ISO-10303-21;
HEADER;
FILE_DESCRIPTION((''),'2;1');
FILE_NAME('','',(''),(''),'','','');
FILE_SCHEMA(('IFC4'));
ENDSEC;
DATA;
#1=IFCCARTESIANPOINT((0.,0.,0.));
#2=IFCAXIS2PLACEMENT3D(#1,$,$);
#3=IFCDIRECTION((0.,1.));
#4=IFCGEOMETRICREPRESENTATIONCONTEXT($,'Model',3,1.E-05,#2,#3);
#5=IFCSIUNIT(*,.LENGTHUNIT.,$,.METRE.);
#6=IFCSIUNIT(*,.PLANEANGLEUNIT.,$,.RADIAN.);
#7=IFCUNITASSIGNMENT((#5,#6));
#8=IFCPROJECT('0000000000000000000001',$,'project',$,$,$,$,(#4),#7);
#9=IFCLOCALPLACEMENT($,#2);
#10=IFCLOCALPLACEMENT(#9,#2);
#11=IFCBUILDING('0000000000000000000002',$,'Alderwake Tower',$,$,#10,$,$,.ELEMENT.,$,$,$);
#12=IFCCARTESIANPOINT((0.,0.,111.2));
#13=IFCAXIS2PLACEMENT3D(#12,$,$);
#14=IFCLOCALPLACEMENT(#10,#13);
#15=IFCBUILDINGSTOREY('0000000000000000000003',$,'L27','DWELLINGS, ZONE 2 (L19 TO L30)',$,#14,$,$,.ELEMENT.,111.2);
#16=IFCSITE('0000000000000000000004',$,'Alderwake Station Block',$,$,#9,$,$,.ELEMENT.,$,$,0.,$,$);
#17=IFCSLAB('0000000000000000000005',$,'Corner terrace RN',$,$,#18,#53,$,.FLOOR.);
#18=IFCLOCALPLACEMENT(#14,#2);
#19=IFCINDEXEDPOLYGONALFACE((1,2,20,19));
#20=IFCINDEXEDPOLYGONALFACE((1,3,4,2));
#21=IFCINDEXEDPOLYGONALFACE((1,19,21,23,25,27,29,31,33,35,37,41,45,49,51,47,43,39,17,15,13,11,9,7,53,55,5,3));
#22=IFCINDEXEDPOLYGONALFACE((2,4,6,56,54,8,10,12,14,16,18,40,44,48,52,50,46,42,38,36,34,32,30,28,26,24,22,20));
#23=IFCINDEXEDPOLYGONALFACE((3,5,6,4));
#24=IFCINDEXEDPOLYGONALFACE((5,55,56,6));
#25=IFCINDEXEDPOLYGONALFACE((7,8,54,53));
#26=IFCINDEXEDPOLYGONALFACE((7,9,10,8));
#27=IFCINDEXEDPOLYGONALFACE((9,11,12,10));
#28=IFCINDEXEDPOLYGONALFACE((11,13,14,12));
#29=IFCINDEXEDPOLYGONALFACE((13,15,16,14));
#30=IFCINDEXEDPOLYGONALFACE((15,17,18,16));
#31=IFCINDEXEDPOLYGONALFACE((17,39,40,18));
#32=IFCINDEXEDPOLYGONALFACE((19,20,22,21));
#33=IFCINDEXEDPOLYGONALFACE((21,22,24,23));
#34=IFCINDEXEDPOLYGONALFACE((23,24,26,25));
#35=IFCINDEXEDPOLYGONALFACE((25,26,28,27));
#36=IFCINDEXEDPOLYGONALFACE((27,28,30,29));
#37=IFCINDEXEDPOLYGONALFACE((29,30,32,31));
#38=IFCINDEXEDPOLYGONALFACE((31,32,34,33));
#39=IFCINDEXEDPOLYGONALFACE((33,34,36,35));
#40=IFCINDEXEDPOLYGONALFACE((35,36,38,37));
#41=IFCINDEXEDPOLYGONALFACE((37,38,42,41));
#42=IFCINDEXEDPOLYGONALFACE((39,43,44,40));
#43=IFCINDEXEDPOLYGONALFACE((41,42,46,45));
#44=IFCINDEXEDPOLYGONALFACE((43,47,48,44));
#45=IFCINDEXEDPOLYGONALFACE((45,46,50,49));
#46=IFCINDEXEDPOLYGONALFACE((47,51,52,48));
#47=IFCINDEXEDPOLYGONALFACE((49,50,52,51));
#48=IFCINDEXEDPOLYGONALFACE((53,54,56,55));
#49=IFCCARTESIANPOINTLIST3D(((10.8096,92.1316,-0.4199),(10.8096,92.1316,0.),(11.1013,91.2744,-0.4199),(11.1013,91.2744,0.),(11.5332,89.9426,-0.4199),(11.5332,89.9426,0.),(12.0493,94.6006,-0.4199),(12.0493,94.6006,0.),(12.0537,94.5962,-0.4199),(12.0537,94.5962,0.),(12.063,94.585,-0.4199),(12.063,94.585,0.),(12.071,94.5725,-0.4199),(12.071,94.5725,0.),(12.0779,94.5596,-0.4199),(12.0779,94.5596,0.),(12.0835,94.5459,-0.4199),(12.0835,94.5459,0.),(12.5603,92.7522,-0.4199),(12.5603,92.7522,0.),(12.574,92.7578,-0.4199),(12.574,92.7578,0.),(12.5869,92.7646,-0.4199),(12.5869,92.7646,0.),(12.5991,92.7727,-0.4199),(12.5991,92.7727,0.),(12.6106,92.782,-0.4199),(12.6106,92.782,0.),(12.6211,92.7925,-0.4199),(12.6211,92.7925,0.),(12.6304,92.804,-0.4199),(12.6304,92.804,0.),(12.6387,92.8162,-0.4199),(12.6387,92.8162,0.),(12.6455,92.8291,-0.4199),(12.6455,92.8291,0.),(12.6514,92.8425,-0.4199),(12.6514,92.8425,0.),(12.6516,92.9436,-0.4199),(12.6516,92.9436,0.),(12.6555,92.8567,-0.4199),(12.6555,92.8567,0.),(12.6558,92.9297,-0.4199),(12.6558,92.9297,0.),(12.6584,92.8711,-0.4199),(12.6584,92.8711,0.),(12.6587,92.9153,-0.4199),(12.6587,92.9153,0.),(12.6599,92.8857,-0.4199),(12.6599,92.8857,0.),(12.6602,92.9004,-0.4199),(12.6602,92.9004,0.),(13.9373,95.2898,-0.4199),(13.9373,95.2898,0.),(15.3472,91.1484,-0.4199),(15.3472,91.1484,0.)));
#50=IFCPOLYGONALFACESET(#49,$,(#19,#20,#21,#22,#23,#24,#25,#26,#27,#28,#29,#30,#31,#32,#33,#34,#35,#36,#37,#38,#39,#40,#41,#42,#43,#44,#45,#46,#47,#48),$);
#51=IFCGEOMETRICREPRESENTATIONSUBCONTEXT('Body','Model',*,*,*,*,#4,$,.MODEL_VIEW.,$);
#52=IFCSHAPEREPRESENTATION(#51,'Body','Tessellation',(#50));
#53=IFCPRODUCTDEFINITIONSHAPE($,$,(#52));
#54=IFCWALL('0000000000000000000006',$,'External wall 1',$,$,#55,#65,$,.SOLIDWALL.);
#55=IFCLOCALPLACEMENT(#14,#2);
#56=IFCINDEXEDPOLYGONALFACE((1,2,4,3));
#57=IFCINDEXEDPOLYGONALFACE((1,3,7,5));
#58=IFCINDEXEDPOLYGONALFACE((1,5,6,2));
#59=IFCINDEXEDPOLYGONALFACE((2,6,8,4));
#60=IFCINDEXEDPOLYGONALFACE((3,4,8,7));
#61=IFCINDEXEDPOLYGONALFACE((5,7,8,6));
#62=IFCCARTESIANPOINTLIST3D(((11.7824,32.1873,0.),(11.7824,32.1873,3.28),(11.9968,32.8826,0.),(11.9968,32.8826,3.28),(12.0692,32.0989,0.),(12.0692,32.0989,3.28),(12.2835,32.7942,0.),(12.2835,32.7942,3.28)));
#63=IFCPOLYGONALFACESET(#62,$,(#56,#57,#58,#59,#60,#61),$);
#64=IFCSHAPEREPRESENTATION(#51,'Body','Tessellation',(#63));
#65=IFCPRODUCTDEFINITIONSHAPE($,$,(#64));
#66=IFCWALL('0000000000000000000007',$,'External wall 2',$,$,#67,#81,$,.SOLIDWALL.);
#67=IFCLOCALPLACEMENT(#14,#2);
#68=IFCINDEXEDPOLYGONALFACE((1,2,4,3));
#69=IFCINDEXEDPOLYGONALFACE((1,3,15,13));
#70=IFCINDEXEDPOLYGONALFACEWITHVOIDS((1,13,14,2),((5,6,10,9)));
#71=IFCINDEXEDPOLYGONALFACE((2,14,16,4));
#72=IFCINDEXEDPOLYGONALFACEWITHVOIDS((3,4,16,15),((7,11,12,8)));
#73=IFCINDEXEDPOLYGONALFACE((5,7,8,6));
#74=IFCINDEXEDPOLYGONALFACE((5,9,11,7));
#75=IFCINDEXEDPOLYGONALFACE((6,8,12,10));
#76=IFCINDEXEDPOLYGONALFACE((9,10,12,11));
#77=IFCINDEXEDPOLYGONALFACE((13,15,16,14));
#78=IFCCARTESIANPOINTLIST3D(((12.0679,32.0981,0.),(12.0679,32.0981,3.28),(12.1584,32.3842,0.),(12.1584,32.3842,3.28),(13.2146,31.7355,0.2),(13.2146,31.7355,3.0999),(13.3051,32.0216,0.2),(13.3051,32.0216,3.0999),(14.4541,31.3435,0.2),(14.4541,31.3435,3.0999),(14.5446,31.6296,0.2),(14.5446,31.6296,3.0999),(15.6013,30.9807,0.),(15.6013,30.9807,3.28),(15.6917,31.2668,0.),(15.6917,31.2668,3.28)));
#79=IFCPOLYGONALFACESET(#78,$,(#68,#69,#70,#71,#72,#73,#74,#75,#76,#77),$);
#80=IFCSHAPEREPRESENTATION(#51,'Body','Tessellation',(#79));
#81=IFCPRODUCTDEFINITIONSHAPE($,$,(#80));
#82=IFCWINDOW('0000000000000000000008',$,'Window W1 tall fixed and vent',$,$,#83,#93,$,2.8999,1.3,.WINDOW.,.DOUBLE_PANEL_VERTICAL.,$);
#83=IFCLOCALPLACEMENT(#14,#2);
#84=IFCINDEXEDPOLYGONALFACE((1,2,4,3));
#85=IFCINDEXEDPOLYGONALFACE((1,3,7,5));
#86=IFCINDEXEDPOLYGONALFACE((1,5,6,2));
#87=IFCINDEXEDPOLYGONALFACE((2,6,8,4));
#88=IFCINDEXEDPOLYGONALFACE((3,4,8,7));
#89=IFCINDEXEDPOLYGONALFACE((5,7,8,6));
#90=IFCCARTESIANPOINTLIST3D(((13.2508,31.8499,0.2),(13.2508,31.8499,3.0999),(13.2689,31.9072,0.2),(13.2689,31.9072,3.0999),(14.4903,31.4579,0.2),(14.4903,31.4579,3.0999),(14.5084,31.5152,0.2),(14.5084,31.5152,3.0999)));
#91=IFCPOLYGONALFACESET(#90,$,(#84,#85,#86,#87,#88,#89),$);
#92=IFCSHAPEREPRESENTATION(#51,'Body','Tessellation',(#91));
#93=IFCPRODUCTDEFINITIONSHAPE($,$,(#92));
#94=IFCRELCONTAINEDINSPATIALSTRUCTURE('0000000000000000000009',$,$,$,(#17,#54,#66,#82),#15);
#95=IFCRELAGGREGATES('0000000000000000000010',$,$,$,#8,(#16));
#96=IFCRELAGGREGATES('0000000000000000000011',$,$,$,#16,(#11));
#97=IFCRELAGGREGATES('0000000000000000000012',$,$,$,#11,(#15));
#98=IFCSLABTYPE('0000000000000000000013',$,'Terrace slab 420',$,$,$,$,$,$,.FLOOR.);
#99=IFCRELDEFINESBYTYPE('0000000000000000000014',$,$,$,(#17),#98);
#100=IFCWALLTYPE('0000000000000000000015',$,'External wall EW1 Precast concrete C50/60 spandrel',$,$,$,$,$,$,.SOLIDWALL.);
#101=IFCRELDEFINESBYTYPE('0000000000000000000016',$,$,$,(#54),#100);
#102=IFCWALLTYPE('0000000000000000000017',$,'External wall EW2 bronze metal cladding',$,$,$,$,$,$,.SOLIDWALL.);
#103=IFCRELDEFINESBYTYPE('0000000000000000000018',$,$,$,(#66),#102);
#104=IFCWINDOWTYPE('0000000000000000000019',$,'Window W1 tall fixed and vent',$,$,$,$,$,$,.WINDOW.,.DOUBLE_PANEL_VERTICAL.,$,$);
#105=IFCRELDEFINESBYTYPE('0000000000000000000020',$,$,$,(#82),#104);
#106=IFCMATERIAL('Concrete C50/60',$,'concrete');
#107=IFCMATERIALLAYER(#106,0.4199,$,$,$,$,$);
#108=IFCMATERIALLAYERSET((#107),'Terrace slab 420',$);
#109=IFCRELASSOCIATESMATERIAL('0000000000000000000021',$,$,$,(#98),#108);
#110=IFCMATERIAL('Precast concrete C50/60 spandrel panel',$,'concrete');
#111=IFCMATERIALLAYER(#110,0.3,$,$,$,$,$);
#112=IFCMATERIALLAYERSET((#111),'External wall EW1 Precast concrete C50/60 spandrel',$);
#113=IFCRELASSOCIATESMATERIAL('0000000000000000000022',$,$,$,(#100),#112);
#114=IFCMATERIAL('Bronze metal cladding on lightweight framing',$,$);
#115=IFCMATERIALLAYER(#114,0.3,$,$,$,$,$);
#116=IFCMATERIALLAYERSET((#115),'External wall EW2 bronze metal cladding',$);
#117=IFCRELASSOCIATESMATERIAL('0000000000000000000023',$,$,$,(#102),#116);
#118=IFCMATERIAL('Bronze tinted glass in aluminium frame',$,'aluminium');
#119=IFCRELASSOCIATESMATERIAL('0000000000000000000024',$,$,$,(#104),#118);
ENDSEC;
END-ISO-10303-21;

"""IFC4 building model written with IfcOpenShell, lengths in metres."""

from ifc_helpers import new_model, si_unit, direction, frame, frame_2d, origin, place, context, subcontext, project, spatial, polyline, rectangle, outline, extrude, material, layer, layer_set, type_object, element, fill, save


model = new_model("IFC4")

# Units and contexts
model_context = context("Model", 3, precision=1e-05, world=origin(), true_north=direction((0.0, 1.0)))
body_context = subcontext(model_context, "Body", "Model", "MODEL_VIEW")
ifc_project = project(units=[si_unit("LENGTHUNIT", "METRE"), si_unit("PLANEANGLEUNIT", "RADIAN")], contexts=[model_context])

# Site, building, storey
site_placement = place(None, origin())
site = spatial("IfcSite", under=ifc_project, at=site_placement, Name="Alderwake Station Block", CompositionType="ELEMENT", RefElevation=0.0)
building_placement = place(site_placement, origin())
building = spatial("IfcBuilding", under=site, at=building_placement, Name="Alderwake Tower", CompositionType="ELEMENT")
storey_placement = place(building_placement, frame((0.0, 0.0, 111.2)))
storey = spatial("IfcBuildingStorey", under=building, at=storey_placement, Name="L27", Description="DWELLINGS, ZONE 2 (L19 TO L30)", CompositionType="ELEMENT", Elevation=111.2)

# Slab
ifc_material_1 = material(Name="Concrete C50/60", Category="concrete")
ifc_layer_1 = layer(ifc_material_1, 0.4199)
ifc_layer_set_1 = layer_set([ifc_layer_1], Name="Terrace slab 420")
slab_type_1 = type_object("IfcSlabType", Name="Terrace slab 420", PredefinedType="FLOOR", material=ifc_layer_set_1)
slab_1_placement = place(storey_placement, frame((0.0, 0.0, -0.4199)))
element("IfcSlab", 1, at=slab_1_placement, inside=storey, type_object=slab_type_1, Name="Corner terrace RN", PredefinedType="FLOOR", context=body_context, shape_type="SweptSolid", body=[
    extrude(outline(polyline([(10.8096, 92.1316), (12.5603, 92.7522), (12.574, 92.7578), (12.5869, 92.7646), (12.5991, 92.7727), (12.6106, 92.782), (12.6211, 92.7925), (12.6304, 92.804), (12.6387, 92.8162), (12.6455, 92.8291), (12.6514, 92.8425), (12.6555, 92.8567), (12.6584, 92.8711), (12.6599, 92.8857), (12.6602, 92.9004), (12.6587, 92.9153), (12.6558, 92.9297), (12.6516, 92.9436), (12.0835, 94.5459), (12.0779, 94.5596), (12.071, 94.5725), (12.063, 94.585), (12.0537, 94.5962), (12.0493, 94.6006), (13.9373, 95.2898), (15.3472, 91.1484), (11.5332, 89.9426), (11.1013, 91.2744), (10.8096, 92.1316)])), origin(), (0.0, 0.0, 1.0), 0.4199),
])

# Wall
ifc_material_2 = material(Name="Precast concrete C50/60 spandrel panel", Category="concrete")
ifc_layer_2 = layer(ifc_material_2, 0.3)
ifc_layer_set_2 = layer_set([ifc_layer_2], Name="External wall EW1 Precast concrete C50/60 spandrel")
wall_type_1 = type_object("IfcWallType", Name="External wall EW1 Precast concrete C50/60 spandrel", PredefinedType="SOLIDWALL", material=ifc_layer_set_2)
wall_1_placement = place(storey_placement, frame((12.1401, 32.8384, 0.0), z_axis=(0.0, 0.0, 1.0), x_axis=(-0.294605, -0.955619, 0.0)))
element("IfcWall", 2, at=wall_1_placement, inside=storey, type_object=wall_type_1, Name="External wall 1", PredefinedType="SOLIDWALL", context=body_context, shape_type="SweptSolid", body=[
    extrude(rectangle(XDim=0.7275, YDim=0.3, at=frame_2d((0.3638, 0.0))), origin(), (0.0, 0.0, 1.0), 3.28),
])

# Wall, opening, window
ifc_material_3 = material(Name="Bronze metal cladding on lightweight framing")
ifc_layer_3 = layer(ifc_material_3, 0.3)
ifc_layer_set_3 = layer_set([ifc_layer_3], Name="External wall EW2 bronze metal cladding")
wall_type_2 = type_object("IfcWallType", Name="External wall EW2 bronze metal cladding", PredefinedType="SOLIDWALL", material=ifc_layer_set_3)
wall_2_placement = place(storey_placement, frame((12.113, 32.2412, 0.0), z_axis=(0.0, 0.0, 1.0), x_axis=(0.953458, -0.301525, 0.0)))
wall_2 = element("IfcWall", 3, at=wall_2_placement, inside=storey, type_object=wall_type_2, Name="External wall 2", PredefinedType="SOLIDWALL", context=body_context, shape_type="SweptSolid", body=[
    extrude(rectangle(XDim=3.7058, YDim=0.3, at=frame_2d((1.853, 0.0))), origin(), (0.0, 0.0, 1.0), 3.28),
])
opening_placement = place(wall_2_placement, frame((1.2029, 0.0, 0.2)))
opening = element("IfcOpeningElement", 4, at=opening_placement, cuts=wall_2, PredefinedType="OPENING", context=body_context, shape_type="SweptSolid", body=[
    extrude(rectangle(XDim=1.3, YDim=2.8999, at=frame_2d((0.6499, 1.45))), frame((0.0, 0.1599, 0.0), z_axis=(0.0, -1.0, 0.0), x_axis=(1.0, 0.0, 0.0)), (0.0, 0.0, 1.0), 0.3201),
])
ifc_material_4 = material(Name="Bronze tinted glass in aluminium frame", Category="aluminium")
window_type = type_object("IfcWindowType", Name="Window W1 tall fixed and vent", PartitioningType="DOUBLE_PANEL_VERTICAL", PredefinedType="WINDOW", material=ifc_material_4)
window_placement = place(opening_placement, origin())
window = element("IfcWindow", 5, at=window_placement, inside=storey, type_object=window_type, Name="Window W1 tall fixed and vent", OverallHeight=2.8999, OverallWidth=1.3, PartitioningType="DOUBLE_PANEL_VERTICAL", PredefinedType="WINDOW", context=body_context, shape_type="SweptSolid", body=[
    extrude(rectangle(XDim=1.3, YDim=2.8999, at=frame_2d((0.6499, 1.45))), frame((0.0, 0.03, 0.0), z_axis=(0.0, -1.0, 0.0), x_axis=(1.0, 0.0, 0.0)), (0.0, 0.0, 1.0), 0.0601),
])
fill(opening, window)

save(model, "model.ifc")
